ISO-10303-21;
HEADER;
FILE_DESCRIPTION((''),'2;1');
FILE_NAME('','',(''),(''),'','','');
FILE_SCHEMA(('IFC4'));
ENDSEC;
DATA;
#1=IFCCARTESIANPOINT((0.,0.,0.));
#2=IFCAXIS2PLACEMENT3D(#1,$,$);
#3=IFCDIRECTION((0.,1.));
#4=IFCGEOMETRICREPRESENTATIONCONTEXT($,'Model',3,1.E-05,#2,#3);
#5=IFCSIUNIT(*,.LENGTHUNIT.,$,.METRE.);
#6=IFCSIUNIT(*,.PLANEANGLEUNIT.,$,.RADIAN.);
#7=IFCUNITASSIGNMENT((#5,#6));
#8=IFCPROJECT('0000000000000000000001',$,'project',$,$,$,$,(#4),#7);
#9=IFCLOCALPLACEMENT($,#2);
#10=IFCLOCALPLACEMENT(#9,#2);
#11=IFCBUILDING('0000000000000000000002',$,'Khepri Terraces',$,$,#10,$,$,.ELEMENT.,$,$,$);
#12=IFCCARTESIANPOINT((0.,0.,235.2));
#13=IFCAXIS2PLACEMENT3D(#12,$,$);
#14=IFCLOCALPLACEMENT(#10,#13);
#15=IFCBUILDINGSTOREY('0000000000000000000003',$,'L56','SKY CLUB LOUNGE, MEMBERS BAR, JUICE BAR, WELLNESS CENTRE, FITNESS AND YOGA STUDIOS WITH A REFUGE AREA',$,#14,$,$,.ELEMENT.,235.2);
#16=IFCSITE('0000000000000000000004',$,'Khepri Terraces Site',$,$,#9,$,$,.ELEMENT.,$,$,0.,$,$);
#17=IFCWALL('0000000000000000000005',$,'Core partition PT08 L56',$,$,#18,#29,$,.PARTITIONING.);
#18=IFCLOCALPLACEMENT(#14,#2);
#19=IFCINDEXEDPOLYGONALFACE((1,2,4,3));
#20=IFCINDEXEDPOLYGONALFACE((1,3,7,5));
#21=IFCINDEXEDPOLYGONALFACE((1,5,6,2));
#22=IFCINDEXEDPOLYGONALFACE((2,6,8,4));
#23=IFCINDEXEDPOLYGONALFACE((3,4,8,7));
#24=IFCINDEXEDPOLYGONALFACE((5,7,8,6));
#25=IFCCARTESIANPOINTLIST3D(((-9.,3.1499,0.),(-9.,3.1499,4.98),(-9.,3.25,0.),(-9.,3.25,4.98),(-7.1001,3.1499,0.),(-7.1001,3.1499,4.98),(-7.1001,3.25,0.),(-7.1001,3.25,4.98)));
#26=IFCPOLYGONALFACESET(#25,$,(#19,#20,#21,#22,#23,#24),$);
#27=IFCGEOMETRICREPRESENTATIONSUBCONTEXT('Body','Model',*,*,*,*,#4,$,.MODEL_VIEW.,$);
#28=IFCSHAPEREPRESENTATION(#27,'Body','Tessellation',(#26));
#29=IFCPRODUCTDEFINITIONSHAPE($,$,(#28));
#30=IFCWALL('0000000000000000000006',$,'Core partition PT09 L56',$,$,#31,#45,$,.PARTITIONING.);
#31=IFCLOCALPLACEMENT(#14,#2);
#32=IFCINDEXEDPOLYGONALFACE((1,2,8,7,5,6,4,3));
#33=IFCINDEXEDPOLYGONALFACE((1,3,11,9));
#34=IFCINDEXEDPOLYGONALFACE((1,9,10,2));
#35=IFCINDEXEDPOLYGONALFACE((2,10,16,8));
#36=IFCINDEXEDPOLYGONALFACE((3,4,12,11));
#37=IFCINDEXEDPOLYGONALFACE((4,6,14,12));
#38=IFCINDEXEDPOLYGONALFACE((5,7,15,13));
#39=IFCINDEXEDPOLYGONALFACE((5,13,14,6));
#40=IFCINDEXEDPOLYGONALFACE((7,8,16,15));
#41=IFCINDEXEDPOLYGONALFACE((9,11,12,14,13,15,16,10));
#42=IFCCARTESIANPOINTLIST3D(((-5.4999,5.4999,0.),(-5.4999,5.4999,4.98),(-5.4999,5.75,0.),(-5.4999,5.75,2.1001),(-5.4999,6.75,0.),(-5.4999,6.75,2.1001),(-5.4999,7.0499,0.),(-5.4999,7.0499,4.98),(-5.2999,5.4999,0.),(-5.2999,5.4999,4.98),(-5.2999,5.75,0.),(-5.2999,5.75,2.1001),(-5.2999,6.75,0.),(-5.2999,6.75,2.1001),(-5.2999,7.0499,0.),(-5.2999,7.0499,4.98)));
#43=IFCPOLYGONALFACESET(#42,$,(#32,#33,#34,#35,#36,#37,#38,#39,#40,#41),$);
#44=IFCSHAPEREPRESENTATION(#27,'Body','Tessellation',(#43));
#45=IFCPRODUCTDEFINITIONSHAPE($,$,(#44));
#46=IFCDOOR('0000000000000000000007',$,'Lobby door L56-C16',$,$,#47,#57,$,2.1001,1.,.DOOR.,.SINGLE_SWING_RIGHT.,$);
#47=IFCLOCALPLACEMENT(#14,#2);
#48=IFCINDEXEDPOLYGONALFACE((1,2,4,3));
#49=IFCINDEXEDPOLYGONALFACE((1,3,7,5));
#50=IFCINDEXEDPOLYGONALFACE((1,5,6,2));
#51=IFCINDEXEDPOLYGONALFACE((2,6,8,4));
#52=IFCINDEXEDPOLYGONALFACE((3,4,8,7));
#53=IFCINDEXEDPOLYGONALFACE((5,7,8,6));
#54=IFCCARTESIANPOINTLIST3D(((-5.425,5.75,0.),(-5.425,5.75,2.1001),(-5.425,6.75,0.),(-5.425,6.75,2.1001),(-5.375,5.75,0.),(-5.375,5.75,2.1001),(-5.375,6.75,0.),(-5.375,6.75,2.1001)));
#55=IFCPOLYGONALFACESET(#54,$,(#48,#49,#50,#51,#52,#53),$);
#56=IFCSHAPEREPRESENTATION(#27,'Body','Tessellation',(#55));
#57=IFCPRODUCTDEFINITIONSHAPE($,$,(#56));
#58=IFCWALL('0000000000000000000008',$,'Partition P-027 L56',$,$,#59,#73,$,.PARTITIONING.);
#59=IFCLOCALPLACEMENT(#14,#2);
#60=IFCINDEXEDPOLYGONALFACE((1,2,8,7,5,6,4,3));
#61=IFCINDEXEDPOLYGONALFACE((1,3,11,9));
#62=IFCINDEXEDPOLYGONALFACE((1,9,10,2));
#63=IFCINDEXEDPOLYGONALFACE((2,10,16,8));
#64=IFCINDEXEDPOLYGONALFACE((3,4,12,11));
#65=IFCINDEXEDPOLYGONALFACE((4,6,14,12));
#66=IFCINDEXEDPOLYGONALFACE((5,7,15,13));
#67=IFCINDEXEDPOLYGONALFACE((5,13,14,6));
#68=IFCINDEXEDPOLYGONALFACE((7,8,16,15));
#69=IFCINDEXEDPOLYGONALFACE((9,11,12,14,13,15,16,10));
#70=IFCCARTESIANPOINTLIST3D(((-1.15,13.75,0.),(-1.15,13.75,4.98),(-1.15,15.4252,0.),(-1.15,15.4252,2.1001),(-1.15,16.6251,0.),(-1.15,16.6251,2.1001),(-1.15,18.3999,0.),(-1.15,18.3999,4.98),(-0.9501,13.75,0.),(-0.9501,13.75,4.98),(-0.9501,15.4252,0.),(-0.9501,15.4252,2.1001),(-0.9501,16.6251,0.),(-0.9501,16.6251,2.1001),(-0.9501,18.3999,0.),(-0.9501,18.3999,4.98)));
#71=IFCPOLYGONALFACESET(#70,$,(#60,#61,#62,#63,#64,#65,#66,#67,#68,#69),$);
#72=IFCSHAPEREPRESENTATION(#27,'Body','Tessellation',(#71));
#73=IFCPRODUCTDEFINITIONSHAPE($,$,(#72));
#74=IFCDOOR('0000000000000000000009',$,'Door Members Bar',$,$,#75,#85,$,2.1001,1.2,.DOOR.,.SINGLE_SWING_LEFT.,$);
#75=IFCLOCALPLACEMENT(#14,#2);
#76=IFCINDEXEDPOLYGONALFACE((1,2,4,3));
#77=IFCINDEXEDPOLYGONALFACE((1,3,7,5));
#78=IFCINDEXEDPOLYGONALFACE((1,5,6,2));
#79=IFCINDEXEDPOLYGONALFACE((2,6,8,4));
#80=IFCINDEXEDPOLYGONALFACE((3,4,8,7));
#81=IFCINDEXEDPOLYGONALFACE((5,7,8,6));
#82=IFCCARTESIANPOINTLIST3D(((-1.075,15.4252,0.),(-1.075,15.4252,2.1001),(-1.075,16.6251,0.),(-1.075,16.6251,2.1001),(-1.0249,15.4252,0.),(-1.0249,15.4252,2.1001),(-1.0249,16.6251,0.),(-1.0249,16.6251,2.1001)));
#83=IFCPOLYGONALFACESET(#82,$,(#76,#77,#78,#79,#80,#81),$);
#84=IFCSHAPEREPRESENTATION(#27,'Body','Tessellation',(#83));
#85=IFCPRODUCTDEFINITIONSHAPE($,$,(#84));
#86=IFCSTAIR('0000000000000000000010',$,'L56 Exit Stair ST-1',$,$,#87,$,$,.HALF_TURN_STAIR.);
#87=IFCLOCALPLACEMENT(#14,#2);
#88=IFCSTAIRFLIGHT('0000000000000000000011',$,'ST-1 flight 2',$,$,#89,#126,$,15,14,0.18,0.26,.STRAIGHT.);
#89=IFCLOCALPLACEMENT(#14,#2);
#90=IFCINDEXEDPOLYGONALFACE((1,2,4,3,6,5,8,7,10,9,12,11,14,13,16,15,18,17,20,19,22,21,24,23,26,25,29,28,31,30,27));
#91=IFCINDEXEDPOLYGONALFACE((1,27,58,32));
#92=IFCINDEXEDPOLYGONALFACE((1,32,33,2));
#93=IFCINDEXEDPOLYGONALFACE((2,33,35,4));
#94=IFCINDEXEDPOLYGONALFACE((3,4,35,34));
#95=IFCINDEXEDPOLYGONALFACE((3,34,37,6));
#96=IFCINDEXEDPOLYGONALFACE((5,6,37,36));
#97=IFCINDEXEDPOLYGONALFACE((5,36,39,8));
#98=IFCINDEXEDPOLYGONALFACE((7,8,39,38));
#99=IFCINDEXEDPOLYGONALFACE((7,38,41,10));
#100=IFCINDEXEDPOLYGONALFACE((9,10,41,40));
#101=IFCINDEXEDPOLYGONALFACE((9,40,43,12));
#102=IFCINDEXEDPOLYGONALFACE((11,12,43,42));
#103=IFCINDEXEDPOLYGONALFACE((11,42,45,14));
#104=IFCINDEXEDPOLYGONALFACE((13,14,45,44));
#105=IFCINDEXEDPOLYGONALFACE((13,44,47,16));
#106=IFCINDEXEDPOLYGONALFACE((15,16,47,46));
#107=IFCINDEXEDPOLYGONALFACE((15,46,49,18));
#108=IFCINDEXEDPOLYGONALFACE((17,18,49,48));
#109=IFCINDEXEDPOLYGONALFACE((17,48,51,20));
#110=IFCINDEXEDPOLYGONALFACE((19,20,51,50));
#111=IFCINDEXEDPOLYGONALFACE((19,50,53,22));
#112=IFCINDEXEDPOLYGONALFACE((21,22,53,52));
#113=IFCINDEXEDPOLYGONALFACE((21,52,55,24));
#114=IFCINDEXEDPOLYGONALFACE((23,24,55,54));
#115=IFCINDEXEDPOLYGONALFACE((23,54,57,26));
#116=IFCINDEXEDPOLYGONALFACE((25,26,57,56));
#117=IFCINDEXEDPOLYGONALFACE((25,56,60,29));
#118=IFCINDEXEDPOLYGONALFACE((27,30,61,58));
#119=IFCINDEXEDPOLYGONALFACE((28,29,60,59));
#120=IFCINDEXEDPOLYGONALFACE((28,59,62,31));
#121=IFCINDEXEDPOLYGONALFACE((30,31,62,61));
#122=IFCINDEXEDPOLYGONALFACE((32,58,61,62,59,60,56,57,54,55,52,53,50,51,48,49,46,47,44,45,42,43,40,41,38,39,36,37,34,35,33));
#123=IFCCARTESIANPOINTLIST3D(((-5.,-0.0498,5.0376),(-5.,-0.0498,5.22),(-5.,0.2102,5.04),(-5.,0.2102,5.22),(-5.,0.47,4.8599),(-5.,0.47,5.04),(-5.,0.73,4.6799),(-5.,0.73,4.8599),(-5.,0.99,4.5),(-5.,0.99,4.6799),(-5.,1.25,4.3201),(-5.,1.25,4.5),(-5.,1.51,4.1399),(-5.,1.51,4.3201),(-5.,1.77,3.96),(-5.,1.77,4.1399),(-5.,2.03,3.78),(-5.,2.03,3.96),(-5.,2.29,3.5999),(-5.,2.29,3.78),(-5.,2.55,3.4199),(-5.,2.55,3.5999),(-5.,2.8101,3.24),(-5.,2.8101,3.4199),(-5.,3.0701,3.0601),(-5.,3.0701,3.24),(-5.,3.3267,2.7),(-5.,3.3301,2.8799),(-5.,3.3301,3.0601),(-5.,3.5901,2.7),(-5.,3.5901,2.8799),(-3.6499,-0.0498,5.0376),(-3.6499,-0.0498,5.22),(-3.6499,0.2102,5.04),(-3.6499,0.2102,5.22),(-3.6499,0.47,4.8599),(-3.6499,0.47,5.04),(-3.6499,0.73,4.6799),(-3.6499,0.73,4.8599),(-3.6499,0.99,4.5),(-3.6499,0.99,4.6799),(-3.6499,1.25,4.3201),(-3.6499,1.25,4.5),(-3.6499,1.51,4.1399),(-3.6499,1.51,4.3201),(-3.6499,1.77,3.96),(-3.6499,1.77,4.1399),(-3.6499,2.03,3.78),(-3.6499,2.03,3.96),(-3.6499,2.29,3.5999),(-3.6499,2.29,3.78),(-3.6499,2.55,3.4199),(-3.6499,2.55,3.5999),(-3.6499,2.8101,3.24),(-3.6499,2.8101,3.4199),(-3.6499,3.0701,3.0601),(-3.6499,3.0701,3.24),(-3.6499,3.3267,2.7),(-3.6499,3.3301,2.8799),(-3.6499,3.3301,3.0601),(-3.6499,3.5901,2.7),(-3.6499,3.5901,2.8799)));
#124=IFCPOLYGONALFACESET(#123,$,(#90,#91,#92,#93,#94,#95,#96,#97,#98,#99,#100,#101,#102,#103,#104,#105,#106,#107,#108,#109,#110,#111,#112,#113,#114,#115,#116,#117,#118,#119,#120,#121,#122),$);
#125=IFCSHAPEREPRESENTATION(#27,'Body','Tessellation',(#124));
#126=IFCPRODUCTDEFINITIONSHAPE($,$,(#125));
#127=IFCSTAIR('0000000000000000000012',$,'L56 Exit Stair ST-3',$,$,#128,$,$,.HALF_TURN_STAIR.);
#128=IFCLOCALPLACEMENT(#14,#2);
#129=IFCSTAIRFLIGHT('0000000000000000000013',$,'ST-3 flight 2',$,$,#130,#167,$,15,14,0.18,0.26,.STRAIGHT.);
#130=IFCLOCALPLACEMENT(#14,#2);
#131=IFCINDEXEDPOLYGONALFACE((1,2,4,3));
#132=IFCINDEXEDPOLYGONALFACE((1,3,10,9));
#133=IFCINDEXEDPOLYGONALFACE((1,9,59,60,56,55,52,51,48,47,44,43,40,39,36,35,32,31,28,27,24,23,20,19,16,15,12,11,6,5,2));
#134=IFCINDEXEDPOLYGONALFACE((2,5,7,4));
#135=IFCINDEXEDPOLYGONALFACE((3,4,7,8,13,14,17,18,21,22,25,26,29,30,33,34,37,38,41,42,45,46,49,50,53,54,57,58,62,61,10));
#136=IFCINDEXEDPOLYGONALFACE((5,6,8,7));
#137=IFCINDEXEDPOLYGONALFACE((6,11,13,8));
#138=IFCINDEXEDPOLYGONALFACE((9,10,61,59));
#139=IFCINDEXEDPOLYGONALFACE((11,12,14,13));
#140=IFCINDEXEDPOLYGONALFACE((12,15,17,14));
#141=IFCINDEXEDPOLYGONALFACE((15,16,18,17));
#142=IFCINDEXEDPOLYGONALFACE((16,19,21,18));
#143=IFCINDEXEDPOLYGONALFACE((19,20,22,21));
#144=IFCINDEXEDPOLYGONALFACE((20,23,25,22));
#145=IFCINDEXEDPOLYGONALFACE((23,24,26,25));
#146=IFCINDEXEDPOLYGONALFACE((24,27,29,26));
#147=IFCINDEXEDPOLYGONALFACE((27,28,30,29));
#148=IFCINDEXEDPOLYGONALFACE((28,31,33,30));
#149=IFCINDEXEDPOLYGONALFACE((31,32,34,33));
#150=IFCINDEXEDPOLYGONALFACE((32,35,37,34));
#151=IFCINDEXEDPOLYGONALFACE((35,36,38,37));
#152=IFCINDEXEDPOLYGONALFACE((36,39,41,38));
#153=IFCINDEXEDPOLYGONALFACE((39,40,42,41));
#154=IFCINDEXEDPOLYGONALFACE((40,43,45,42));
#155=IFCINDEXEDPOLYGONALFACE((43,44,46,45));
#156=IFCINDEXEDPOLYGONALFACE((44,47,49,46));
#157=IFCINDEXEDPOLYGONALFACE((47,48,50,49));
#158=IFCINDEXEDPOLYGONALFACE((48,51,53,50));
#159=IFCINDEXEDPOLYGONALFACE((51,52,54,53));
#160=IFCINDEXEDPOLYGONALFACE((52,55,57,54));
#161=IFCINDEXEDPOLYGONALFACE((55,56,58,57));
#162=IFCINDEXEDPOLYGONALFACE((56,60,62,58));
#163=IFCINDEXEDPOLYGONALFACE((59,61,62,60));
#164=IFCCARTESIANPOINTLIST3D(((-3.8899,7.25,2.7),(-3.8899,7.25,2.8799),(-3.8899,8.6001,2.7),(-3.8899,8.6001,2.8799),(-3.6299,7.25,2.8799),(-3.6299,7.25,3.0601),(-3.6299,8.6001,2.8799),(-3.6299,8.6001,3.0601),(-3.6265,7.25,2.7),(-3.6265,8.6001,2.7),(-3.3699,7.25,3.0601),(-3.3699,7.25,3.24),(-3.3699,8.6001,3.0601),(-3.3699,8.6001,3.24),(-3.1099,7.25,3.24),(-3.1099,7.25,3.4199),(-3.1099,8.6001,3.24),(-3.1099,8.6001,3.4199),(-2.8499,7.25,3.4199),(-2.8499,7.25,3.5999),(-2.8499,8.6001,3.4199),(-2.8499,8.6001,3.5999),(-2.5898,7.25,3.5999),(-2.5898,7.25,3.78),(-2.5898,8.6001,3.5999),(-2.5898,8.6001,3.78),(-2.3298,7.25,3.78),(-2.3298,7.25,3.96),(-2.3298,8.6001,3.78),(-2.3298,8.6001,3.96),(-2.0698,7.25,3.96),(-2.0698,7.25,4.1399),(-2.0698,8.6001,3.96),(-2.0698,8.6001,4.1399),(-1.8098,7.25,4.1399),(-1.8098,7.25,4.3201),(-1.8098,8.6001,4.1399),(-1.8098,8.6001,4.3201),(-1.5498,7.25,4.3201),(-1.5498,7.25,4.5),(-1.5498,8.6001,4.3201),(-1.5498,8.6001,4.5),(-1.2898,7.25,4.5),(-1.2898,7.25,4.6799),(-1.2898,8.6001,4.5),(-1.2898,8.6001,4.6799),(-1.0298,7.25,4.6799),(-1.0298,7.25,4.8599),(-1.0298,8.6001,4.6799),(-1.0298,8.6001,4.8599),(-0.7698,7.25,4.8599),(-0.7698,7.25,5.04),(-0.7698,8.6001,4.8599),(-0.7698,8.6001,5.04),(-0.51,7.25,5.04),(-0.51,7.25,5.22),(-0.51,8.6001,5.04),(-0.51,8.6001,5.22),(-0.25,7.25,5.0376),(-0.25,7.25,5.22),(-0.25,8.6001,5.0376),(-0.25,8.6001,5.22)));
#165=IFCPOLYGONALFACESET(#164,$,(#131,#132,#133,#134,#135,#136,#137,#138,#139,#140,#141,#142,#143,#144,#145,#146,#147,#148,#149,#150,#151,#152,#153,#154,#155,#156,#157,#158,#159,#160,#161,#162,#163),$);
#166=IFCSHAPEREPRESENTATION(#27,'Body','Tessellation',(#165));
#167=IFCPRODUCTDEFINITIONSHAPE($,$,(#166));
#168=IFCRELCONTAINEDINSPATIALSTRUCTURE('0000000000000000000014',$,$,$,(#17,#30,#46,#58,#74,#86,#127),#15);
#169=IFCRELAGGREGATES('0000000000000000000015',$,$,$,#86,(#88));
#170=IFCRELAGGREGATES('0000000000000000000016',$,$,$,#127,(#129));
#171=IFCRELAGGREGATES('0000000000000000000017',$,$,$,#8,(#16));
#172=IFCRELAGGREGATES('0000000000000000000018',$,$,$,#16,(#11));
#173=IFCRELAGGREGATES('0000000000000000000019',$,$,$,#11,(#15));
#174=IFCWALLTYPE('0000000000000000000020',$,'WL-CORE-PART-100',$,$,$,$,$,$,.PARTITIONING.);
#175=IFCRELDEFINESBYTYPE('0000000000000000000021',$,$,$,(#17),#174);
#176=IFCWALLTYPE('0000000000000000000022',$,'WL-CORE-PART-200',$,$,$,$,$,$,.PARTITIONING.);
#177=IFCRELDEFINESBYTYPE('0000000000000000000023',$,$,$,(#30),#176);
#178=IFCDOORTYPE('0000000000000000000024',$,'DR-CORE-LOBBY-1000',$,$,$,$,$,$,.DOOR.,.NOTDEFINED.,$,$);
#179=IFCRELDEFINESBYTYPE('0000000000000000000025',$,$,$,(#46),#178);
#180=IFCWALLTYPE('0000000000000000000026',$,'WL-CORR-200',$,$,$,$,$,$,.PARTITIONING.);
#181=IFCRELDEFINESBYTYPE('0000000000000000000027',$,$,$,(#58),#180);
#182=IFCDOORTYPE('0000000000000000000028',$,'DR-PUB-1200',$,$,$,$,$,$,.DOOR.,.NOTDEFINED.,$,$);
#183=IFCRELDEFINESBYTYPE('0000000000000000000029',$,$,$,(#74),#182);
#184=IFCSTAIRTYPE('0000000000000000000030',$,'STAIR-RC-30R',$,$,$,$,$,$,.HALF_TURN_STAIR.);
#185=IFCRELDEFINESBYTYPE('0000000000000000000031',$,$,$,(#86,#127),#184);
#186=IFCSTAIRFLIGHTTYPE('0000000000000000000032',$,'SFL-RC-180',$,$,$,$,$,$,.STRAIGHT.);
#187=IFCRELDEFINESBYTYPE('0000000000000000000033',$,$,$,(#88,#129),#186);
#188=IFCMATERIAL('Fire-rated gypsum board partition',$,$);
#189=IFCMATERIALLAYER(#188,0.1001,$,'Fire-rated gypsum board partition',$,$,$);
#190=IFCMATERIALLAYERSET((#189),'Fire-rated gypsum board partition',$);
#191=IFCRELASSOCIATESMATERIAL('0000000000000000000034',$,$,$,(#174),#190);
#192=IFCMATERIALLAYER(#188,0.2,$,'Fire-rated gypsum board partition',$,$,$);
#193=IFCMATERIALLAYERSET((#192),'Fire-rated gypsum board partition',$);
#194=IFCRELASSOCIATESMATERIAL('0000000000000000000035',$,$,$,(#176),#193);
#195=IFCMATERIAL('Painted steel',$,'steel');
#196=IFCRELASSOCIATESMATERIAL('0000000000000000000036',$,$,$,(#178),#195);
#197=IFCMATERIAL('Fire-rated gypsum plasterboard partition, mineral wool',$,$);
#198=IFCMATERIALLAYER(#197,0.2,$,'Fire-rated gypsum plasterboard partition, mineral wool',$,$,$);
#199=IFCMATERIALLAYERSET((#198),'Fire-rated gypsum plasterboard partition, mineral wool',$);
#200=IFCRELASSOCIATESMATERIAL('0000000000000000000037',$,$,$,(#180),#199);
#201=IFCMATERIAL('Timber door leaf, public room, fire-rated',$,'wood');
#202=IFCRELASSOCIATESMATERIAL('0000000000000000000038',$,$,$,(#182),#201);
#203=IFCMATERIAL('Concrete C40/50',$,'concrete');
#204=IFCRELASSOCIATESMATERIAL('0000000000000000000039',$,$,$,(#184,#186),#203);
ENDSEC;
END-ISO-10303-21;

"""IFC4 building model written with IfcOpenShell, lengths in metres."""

from ifc_helpers import new_model, si_unit, direction, frame, frame_2d, origin, place, context, subcontext, project, spatial, polyline, rectangle, outline, extrude, material, layer, layer_set, type_object, element, fill, aggregate, save


model = new_model("IFC4")

# Units and contexts
model_context = context("Model", 3, precision=1e-05, world=origin(), true_north=direction((0.0, 1.0)))
body_context = subcontext(model_context, "Body", "Model", "MODEL_VIEW")
ifc_project = project(units=[si_unit("LENGTHUNIT", "METRE"), si_unit("PLANEANGLEUNIT", "RADIAN")], contexts=[model_context])

# Site, building, storey
site_placement = place(None, origin())
site = spatial("IfcSite", under=ifc_project, at=site_placement, Name="Khepri Terraces Site", CompositionType="ELEMENT", RefElevation=0.0)
building_placement = place(site_placement, origin())
building = spatial("IfcBuilding", under=site, at=building_placement, Name="Khepri Terraces", CompositionType="ELEMENT")
storey_placement = place(building_placement, frame((0.0, 0.0, 235.2)))
storey = spatial("IfcBuildingStorey", under=building, at=storey_placement, Name="L56", Description="SKY CLUB LOUNGE, MEMBERS BAR, JUICE BAR, WELLNESS CENTRE, FITNESS AND YOGA STUDIOS WITH A REFUGE AREA", CompositionType="ELEMENT", Elevation=235.2)

# Shared definitions
ifc_material_1 = material(Name="Painted steel", Category="steel")

# Wall
ifc_material_2 = material(Name="Fire-rated gypsum board partition")
ifc_layer_1 = layer(ifc_material_2, 0.1001, Name="Fire-rated gypsum board partition")
ifc_layer_set_1 = layer_set([ifc_layer_1], Name="Fire-rated gypsum board partition")
wall_type_1 = type_object("IfcWallType", Name="WL-CORE-PART-100", PredefinedType="PARTITIONING", material=ifc_layer_set_1)
wall_1_placement = place(storey_placement, frame((-9.0, 3.2, 0.0), z_axis=(0.0, 0.0, 1.0), x_axis=(1.0, 0.0, 0.0)))
element("IfcWall", 1, at=wall_1_placement, inside=storey, type_object=wall_type_1, Name="Core partition PT08 L56", PredefinedType="PARTITIONING", context=body_context, shape_type="SweptSolid", body=[
    extrude(rectangle(XDim=1.8999, YDim=0.1001, at=frame_2d((0.95, 0.0))), origin(), (0.0, 0.0, 1.0), 4.98),
])

# Walls, openings, doors
ifc_layer_2 = layer(ifc_material_2, 0.2, Name="Fire-rated gypsum board partition")
ifc_layer_set_2 = layer_set([ifc_layer_2], Name="Fire-rated gypsum board partition")
wall_type_2 = type_object("IfcWallType", Name="WL-CORE-PART-200", PredefinedType="PARTITIONING", material=ifc_layer_set_2)
wall_2_placement = place(storey_placement, frame((-5.3999, 5.5, 0.0), z_axis=(0.0, 0.0, 1.0), x_axis=(0.0, 1.0, 0.0)))
wall_2 = element("IfcWall", 2, at=wall_2_placement, inside=storey, type_object=wall_type_2, Name="Core partition PT09 L56", PredefinedType="PARTITIONING", context=body_context, shape_type="SweptSolid", body=[
    extrude(rectangle(XDim=1.55, YDim=0.2, at=frame_2d((0.7749, 0.0))), origin(), (0.0, 0.0, 1.0), 4.98),
])
opening_1_placement = place(wall_2_placement, frame((0.25, 0.0, 0.0)))
opening_1 = element("IfcOpeningElement", 3, at=opening_1_placement, cuts=wall_2, PredefinedType="OPENING", context=body_context, shape_type="SweptSolid", body=[
    extrude(rectangle(XDim=1.0, YDim=2.1001, at=frame_2d((0.5, 1.05))), frame((0.0, 0.1099, 0.0), z_axis=(0.0, -1.0, 0.0), x_axis=(1.0, 0.0, 0.0)), (0.0, 0.0, 1.0), 0.22),
])
door_type_1 = type_object("IfcDoorType", Name="DR-CORE-LOBBY-1000", OperationType="NOTDEFINED", PredefinedType="DOOR", material=ifc_material_1)
door_1_placement = place(opening_1_placement, frame((1.0, 0.0, 0.0), z_axis=(0.0, 0.0, 1.0), x_axis=(-1.0, 0.0, 0.0)))
door_1 = element("IfcDoor", 4, at=door_1_placement, inside=storey, type_object=door_type_1, Name="Lobby door L56-C16", OperationType="SINGLE_SWING_RIGHT", OverallHeight=2.1001, OverallWidth=1.0, PredefinedType="DOOR", context=body_context, shape_type="SweptSolid", body=[
    extrude(rectangle(XDim=1.0, YDim=2.1001, at=frame_2d((0.5, 1.05))), frame((0.0, 0.0249, 0.0), z_axis=(0.0, -1.0, 0.0), x_axis=(1.0, 0.0, 0.0)), (0.0, 0.0, 1.0), 0.05),
])
fill(opening_1, door_1)
ifc_material_3 = material(Name="Fire-rated gypsum plasterboard partition, mineral wool")
ifc_layer_3 = layer(ifc_material_3, 0.2, Name="Fire-rated gypsum plasterboard partition, mineral wool")
ifc_layer_set_3 = layer_set([ifc_layer_3], Name="Fire-rated gypsum plasterboard partition, mineral wool")
wall_type_3 = type_object("IfcWallType", Name="WL-CORR-200", PredefinedType="PARTITIONING", material=ifc_layer_set_3)
wall_3_placement = place(storey_placement, frame((-1.05, 13.75, 0.0), z_axis=(0.0, 0.0, 1.0), x_axis=(0.0, 1.0, 0.0)))
wall_3 = element("IfcWall", 5, at=wall_3_placement, inside=storey, type_object=wall_type_3, Name="Partition P-027 L56", PredefinedType="PARTITIONING", context=body_context, shape_type="SweptSolid", body=[
    extrude(rectangle(XDim=4.6499, YDim=0.2, at=frame_2d((2.325, 0.0))), origin(), (0.0, 0.0, 1.0), 4.98),
])
opening_2_placement = place(wall_3_placement, frame((1.675, 0.0, 0.0)))
opening_2 = element("IfcOpeningElement", 6, at=opening_2_placement, cuts=wall_3, PredefinedType="OPENING", context=body_context, shape_type="SweptSolid", body=[
    extrude(rectangle(XDim=1.2, YDim=2.1001, at=frame_2d((0.6001, 1.05))), frame((0.0, 0.1099, 0.0), z_axis=(0.0, -1.0, 0.0), x_axis=(1.0, 0.0, 0.0)), (0.0, 0.0, 1.0), 0.22),
])
ifc_material_4 = material(Name="Timber door leaf, public room, fire-rated", Category="wood")
door_type_2 = type_object("IfcDoorType", Name="DR-PUB-1200", OperationType="NOTDEFINED", PredefinedType="DOOR", material=ifc_material_4)
door_2_placement = place(opening_2_placement, origin())
door_2 = element("IfcDoor", 7, at=door_2_placement, inside=storey, type_object=door_type_2, Name="Door Members Bar", OperationType="SINGLE_SWING_LEFT", OverallHeight=2.1001, OverallWidth=1.2, PredefinedType="DOOR", context=body_context, shape_type="SweptSolid", body=[
    extrude(rectangle(XDim=1.2, YDim=2.1001, at=frame_2d((0.6001, 1.05))), frame((0.0, 0.0249, 0.0), z_axis=(0.0, -1.0, 0.0), x_axis=(1.0, 0.0, 0.0)), (0.0, 0.0, 1.0), 0.05),
])
fill(opening_2, door_2)

# Stairs, stair flights
ifc_material_5 = material(Name="Concrete C40/50", Category="concrete")
stair_type = type_object("IfcStairType", Name="STAIR-RC-30R", PredefinedType="HALF_TURN_STAIR", material=ifc_material_5)
stair_1_placement = place(storey_placement, origin())
stair_1 = element("IfcStair", 8, at=stair_1_placement, inside=storey, type_object=stair_type, Name="L56 Exit Stair ST-1", PredefinedType="HALF_TURN_STAIR")
stair_flight_type = type_object("IfcStairFlightType", Name="SFL-RC-180", PredefinedType="STRAIGHT", material=ifc_material_5)
stair_flight_1_placement = place(storey_placement, frame((-4.325, 3.5901, 2.7), z_axis=(0.0, 0.0, 1.0), x_axis=(0.0, -1.0, 0.0)))
stair_flight_1 = element("IfcStairFlight", 9, at=stair_flight_1_placement, type_object=stair_flight_type, Name="ST-1 flight 2", NumberOfRisers=15, NumberOfTreads=14, PredefinedType="STRAIGHT", RiserHeight=0.18, TreadLength=0.26, context=body_context, shape_type="SweptSolid", body=[
    extrude(outline(polyline([(0.0, 0.0), (0.0, 0.1799), (0.26, 0.1799), (0.26, 0.3601), (0.52, 0.3601), (0.52, 0.54), (0.78, 0.54), (0.78, 0.72), (1.04, 0.72), (1.04, 0.8999), (1.3, 0.8999), (1.3, 1.0801), (1.5601, 1.0801), (1.5601, 1.26), (1.8201, 1.26), (1.8201, 1.4399), (2.0801, 1.4399), (2.0801, 1.6201), (2.3401, 1.6201), (2.3401, 1.8), (2.6001, 1.8), (2.6001, 1.98), (2.8601, 1.98), (2.8601, 2.1599), (3.1201, 2.1599), (3.1201, 2.3401), (3.3799, 2.3401), (3.3799, 2.52), (3.6399, 2.52), (3.6399, 2.7), (3.6399, 2.3376), (0.2634, 0.0), (0.0, 0.0)])), frame((0.0, 0.675, 0.0), z_axis=(0.0, -1.0, 0.0), x_axis=(1.0, 0.0, 0.0)), (0.0, 0.0, 1.0), 1.3501),
])
aggregate(stair_1, [stair_flight_1])
stair_2_placement = place(storey_placement, origin())
stair_2 = element("IfcStair", 10, at=stair_2_placement, inside=storey, type_object=stair_type, Name="L56 Exit Stair ST-3", PredefinedType="HALF_TURN_STAIR")
stair_flight_2_placement = place(storey_placement, frame((-3.8899, 7.925, 2.7), z_axis=(0.0, 0.0, 1.0), x_axis=(1.0, 0.0, 0.0)))
stair_flight_2 = element("IfcStairFlight", 11, at=stair_flight_2_placement, type_object=stair_flight_type, Name="ST-3 flight 2", NumberOfRisers=15, NumberOfTreads=14, PredefinedType="STRAIGHT", RiserHeight=0.18, TreadLength=0.26, context=body_context, shape_type="SweptSolid", body=[
    extrude(outline(polyline([(0.0, 0.0), (0.0, 0.1799), (0.26, 0.1799), (0.26, 0.3601), (0.52, 0.3601), (0.52, 0.54), (0.78, 0.54), (0.78, 0.72), (1.04, 0.72), (1.04, 0.8999), (1.3, 0.8999), (1.3, 1.0801), (1.5601, 1.0801), (1.5601, 1.26), (1.8201, 1.26), (1.8201, 1.4399), (2.0801, 1.4399), (2.0801, 1.6201), (2.3401, 1.6201), (2.3401, 1.8), (2.6001, 1.8), (2.6001, 1.98), (2.8601, 1.98), (2.8601, 2.1599), (3.1201, 2.1599), (3.1201, 2.3401), (3.3799, 2.3401), (3.3799, 2.52), (3.6399, 2.52), (3.6399, 2.7), (3.6399, 2.3376), (0.2634, 0.0), (0.0, 0.0)])), frame((0.0, 0.675, 0.0), z_axis=(0.0, -1.0, 0.0), x_axis=(1.0, 0.0, 0.0)), (0.0, 0.0, 1.0), 1.3501),
])
aggregate(stair_2, [stair_flight_2])

save(model, "model.ifc")
